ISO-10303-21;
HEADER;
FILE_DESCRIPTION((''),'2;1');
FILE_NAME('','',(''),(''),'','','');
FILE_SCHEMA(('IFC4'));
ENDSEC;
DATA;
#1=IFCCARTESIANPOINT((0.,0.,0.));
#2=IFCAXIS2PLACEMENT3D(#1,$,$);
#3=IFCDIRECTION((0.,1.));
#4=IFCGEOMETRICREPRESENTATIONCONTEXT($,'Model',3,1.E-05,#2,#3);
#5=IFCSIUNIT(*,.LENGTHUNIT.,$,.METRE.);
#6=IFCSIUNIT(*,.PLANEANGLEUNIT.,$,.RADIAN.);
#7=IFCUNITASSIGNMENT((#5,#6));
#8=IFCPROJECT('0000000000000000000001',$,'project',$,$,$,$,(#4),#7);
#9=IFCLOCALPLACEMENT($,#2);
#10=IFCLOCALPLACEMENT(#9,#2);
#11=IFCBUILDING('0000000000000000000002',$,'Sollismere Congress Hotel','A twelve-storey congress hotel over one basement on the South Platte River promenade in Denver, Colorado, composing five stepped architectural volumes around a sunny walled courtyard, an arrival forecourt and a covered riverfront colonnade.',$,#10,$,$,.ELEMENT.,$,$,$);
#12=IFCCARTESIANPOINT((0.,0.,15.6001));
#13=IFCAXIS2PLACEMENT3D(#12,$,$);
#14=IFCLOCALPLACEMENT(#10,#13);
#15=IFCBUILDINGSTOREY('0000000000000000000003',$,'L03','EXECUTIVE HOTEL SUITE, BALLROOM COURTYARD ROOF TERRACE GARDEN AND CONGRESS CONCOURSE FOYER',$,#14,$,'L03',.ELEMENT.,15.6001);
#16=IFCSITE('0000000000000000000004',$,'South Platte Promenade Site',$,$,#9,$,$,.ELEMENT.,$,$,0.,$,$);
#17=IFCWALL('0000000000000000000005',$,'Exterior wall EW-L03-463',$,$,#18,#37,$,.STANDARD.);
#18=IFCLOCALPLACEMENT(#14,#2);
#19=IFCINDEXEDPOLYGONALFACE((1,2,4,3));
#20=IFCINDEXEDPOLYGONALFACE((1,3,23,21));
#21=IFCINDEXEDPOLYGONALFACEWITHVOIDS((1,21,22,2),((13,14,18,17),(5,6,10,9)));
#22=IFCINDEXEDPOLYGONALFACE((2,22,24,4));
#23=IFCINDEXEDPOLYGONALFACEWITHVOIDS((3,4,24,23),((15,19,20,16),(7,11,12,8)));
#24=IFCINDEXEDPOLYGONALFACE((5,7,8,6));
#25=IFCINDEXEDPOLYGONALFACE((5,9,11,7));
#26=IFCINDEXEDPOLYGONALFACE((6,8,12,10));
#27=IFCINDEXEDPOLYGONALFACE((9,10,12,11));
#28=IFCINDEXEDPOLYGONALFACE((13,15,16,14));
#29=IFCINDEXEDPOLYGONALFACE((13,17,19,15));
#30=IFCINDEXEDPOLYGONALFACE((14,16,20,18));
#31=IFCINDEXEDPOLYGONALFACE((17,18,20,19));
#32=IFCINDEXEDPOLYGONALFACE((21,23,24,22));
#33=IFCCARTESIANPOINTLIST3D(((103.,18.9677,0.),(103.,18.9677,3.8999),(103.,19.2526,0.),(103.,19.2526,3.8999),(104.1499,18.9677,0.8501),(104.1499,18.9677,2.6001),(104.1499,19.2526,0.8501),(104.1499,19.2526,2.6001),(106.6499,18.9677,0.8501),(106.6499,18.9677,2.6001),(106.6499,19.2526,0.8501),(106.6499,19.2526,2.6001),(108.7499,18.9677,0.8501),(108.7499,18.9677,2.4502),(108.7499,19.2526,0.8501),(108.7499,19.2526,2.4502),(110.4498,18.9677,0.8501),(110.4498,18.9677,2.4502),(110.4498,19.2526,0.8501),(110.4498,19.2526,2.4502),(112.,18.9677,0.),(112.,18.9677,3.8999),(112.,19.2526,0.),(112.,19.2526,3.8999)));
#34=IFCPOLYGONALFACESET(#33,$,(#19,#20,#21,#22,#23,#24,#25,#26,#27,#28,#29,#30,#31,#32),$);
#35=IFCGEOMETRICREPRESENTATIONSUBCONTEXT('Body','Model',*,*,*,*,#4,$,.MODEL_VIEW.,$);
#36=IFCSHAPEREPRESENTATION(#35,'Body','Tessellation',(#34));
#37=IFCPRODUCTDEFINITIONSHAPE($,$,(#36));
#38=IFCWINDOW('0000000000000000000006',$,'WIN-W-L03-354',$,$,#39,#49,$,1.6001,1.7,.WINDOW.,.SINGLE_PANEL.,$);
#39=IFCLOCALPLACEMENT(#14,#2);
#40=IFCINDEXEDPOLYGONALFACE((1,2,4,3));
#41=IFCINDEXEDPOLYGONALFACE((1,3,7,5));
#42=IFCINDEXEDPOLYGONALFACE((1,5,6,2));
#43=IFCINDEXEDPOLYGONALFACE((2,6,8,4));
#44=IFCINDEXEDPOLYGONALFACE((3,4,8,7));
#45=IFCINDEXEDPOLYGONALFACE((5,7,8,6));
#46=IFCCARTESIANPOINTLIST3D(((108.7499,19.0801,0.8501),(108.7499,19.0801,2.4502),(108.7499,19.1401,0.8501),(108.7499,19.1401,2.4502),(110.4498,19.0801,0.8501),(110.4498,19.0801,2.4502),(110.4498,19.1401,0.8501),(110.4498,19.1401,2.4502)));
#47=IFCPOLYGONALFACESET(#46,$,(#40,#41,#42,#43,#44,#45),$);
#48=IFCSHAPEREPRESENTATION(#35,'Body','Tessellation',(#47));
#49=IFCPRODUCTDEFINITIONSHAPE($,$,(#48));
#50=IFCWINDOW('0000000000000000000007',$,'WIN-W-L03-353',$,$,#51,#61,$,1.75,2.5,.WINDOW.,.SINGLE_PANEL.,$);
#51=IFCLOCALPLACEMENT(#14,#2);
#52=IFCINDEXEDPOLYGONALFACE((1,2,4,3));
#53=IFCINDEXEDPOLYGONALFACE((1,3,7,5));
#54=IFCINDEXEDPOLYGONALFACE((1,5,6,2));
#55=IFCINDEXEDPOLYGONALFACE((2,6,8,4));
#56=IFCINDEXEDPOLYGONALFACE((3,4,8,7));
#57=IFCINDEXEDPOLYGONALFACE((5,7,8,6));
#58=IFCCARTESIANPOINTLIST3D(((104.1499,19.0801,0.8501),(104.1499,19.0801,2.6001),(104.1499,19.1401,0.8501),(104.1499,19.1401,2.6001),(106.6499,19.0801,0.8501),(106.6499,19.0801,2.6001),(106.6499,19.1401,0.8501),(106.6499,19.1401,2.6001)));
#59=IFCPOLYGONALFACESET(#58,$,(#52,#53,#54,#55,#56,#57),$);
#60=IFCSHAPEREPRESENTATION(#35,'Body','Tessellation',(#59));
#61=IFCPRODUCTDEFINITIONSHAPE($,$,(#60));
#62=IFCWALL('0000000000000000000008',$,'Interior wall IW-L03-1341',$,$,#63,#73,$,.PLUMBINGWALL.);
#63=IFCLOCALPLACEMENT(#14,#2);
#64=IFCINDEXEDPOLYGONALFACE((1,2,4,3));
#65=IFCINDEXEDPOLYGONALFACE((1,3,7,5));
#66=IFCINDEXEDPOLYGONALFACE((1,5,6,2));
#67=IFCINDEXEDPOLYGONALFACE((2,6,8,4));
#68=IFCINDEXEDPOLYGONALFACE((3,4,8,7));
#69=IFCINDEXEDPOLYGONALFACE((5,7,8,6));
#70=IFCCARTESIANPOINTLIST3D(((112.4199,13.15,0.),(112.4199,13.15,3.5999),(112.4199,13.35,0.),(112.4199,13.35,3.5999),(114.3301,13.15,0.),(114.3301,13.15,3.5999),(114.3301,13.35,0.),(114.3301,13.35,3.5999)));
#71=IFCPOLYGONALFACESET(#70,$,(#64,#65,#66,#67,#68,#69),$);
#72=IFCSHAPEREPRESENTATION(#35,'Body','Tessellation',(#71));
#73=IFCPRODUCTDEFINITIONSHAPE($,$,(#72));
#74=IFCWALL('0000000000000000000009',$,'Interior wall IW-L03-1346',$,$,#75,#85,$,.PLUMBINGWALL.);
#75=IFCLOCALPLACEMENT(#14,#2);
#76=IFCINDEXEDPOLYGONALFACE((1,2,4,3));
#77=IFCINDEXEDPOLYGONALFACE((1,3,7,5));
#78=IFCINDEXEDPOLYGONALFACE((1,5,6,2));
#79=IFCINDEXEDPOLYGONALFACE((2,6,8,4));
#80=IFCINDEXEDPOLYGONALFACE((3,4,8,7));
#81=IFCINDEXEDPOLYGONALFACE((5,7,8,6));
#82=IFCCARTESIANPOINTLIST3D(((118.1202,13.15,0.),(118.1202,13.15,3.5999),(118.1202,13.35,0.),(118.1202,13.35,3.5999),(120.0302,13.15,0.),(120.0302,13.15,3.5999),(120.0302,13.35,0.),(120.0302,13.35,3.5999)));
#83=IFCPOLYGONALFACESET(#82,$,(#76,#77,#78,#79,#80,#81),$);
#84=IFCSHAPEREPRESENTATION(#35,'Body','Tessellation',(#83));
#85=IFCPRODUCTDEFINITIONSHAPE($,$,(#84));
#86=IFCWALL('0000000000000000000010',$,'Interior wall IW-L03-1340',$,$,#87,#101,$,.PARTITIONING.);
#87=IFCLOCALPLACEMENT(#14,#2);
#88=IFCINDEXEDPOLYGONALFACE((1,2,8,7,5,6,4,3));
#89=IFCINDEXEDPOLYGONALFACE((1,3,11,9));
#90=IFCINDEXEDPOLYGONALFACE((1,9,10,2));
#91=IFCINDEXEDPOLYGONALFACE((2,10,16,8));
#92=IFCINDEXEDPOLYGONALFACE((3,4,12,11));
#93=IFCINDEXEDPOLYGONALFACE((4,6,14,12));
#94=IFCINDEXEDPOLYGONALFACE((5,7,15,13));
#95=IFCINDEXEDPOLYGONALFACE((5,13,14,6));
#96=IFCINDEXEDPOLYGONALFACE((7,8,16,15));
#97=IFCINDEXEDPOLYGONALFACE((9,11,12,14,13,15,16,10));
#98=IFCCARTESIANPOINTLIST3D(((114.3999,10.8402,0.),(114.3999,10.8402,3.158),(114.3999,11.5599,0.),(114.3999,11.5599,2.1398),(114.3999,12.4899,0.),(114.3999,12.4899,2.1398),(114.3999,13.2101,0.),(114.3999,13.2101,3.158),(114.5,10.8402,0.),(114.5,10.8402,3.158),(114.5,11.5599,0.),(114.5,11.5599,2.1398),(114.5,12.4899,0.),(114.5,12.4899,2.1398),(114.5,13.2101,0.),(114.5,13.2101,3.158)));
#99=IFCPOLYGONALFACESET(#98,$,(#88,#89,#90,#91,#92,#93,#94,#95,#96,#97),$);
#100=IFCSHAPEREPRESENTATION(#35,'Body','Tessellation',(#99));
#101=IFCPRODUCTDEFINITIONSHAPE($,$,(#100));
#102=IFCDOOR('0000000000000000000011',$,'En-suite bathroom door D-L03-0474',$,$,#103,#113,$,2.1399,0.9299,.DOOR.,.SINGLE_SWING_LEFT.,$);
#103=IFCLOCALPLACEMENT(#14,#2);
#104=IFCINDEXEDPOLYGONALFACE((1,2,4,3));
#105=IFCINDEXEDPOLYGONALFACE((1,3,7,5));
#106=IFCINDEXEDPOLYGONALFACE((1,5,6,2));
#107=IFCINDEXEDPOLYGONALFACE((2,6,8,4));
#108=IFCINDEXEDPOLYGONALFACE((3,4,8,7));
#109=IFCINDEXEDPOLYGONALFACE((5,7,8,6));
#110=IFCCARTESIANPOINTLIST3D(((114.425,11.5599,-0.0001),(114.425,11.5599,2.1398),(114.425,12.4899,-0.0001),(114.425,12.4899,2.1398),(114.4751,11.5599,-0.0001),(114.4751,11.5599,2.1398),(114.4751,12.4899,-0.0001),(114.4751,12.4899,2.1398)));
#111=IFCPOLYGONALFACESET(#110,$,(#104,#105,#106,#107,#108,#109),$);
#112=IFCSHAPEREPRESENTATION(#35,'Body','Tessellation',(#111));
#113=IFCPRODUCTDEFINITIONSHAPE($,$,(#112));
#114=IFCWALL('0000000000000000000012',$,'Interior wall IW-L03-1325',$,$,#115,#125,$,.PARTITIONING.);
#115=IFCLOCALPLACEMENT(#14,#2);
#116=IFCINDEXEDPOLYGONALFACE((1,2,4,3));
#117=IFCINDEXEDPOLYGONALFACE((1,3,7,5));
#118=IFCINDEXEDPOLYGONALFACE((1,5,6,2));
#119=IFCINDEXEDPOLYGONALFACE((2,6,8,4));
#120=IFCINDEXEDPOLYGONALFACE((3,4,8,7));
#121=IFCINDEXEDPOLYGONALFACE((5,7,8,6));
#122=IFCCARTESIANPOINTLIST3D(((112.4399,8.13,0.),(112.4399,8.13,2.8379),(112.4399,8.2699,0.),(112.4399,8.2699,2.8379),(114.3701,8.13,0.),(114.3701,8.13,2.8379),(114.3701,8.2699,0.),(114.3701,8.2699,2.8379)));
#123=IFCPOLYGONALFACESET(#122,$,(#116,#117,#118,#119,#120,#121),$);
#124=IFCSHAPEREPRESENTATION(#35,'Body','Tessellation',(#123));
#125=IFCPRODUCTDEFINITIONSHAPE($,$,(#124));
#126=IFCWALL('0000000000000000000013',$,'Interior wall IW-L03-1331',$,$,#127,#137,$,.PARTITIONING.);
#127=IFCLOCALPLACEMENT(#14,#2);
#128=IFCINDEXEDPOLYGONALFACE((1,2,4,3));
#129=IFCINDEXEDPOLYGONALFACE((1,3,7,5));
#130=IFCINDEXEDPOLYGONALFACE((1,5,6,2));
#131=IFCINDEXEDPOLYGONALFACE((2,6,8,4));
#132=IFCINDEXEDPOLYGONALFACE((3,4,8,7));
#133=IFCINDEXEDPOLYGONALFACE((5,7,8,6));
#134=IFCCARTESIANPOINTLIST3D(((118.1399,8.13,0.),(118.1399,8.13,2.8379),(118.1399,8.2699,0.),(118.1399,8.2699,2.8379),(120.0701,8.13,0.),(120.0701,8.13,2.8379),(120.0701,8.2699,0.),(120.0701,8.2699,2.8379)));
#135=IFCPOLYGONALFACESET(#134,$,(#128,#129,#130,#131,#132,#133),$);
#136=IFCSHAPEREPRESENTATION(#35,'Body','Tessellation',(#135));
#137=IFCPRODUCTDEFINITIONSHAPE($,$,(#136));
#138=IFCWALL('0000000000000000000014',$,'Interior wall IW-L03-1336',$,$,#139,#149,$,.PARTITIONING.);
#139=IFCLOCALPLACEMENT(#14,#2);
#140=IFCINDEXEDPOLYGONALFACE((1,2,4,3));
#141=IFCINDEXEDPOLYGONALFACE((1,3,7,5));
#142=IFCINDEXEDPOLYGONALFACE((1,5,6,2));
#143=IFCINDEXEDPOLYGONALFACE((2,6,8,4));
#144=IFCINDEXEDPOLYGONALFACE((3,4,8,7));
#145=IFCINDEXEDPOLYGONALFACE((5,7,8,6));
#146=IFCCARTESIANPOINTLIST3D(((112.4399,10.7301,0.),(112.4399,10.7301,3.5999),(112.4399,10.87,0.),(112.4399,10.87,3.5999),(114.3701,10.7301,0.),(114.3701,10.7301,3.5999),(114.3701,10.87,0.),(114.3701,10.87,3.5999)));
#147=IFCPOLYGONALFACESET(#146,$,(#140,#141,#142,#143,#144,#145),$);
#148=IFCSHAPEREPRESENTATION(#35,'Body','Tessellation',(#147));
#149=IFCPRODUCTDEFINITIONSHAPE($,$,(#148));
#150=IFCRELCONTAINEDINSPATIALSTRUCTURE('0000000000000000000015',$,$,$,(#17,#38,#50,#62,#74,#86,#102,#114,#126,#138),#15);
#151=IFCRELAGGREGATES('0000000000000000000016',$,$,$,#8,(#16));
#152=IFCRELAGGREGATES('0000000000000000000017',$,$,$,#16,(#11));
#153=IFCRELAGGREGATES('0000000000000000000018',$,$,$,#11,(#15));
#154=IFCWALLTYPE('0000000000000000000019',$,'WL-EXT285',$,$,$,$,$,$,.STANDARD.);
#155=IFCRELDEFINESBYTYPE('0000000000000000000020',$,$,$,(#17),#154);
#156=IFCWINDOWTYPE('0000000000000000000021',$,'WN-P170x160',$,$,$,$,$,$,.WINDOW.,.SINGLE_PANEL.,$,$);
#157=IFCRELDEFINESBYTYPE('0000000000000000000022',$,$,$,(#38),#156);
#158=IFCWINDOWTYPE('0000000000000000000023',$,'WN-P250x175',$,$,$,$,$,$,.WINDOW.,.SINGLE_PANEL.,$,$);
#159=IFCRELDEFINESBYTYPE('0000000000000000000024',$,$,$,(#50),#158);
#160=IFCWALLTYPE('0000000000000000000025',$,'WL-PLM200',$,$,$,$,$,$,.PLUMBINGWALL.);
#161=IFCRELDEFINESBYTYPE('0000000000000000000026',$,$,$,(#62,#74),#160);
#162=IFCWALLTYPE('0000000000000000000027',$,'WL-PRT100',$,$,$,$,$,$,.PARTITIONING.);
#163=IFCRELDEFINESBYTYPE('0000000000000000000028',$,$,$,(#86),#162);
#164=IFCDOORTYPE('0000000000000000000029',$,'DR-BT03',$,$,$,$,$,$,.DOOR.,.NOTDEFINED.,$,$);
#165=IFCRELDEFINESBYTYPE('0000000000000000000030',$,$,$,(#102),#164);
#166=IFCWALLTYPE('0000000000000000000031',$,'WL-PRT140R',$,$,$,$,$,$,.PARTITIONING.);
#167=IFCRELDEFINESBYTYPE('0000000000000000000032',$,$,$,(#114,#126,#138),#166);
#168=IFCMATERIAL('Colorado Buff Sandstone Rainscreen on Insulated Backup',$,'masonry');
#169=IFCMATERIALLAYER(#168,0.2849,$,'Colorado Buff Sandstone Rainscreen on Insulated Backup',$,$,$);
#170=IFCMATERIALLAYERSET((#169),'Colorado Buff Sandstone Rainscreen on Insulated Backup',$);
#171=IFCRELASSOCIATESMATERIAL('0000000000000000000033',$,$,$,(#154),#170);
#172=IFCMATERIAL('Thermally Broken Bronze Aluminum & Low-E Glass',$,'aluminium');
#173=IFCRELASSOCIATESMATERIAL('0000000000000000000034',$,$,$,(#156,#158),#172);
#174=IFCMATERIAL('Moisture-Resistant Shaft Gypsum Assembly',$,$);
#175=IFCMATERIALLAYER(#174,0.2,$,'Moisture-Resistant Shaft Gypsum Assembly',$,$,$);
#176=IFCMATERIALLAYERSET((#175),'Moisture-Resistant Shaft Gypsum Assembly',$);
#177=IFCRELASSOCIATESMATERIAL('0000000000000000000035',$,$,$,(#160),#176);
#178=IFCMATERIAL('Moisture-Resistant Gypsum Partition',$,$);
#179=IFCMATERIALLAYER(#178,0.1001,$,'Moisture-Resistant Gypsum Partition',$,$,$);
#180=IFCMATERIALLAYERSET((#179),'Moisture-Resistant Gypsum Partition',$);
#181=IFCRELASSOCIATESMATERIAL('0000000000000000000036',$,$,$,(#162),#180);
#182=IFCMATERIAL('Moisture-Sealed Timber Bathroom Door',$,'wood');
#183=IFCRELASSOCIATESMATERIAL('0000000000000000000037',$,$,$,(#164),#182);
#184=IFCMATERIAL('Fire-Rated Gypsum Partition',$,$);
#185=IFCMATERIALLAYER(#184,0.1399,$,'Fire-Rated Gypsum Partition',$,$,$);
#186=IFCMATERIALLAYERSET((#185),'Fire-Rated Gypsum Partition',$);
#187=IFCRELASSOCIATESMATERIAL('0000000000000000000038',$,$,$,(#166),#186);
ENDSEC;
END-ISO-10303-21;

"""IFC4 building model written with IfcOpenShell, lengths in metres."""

from ifc_helpers import new_model, si_unit, direction, frame, frame_2d, origin, place, context, subcontext, project, spatial, rectangle, extrude, material, layer, layer_set, type_object, element, fill, save


model = new_model("IFC4")

# Units and contexts
model_context = context("Model", 3, precision=1e-05, world=origin(), true_north=direction((0.0, 1.0)))
body_context = subcontext(model_context, "Body", "Model", "MODEL_VIEW")
ifc_project = project(units=[si_unit("LENGTHUNIT", "METRE"), si_unit("PLANEANGLEUNIT", "RADIAN")], contexts=[model_context])

# Site, building, storey
site_placement = place(None, origin())
site = spatial("IfcSite", under=ifc_project, at=site_placement, Name="South Platte Promenade Site", CompositionType="ELEMENT", RefElevation=0.0)
building_placement = place(site_placement, origin())
building = spatial("IfcBuilding", under=site, at=building_placement, Name="Sollismere Congress Hotel", Description="A twelve-storey congress hotel over one basement on the South Platte River promenade in Denver, Colorado, composing five stepped architectural volumes around a sunny walled courtyard, an arrival forecourt and a covered riverfront colonnade.", CompositionType="ELEMENT")
storey_placement = place(building_placement, frame((0.0, 0.0, 15.6001)))
storey = spatial("IfcBuildingStorey", under=building, at=storey_placement, Name="L03", Description="EXECUTIVE HOTEL SUITE, BALLROOM COURTYARD ROOF TERRACE GARDEN AND CONGRESS CONCOURSE FOYER", LongName="L03", CompositionType="ELEMENT", Elevation=15.6001)

# Wall, openings, windows
ifc_material_1 = material(Name="Colorado Buff Sandstone Rainscreen on Insulated Backup", Category="masonry")
ifc_layer_1 = layer(ifc_material_1, 0.2849, Name="Colorado Buff Sandstone Rainscreen on Insulated Backup")
ifc_layer_set_1 = layer_set([ifc_layer_1], Name="Colorado Buff Sandstone Rainscreen on Insulated Backup")
wall_type_1 = type_object("IfcWallType", Name="WL-EXT285", PredefinedType="STANDARD", material=ifc_layer_set_1)
wall_1_placement = place(storey_placement, frame((112.0, 19.1101, 0.0), z_axis=(0.0, 0.0, 1.0), x_axis=(-1.0, 0.0, 0.0)))
wall_1 = element("IfcWall", 1, at=wall_1_placement, inside=storey, type_object=wall_type_1, Name="Exterior wall EW-L03-463", PredefinedType="STANDARD", context=body_context, shape_type="SweptSolid", body=[
    extrude(rectangle(XDim=9.0, YDim=0.2849, at=frame_2d((4.5, 0.0))), origin(), (0.0, 0.0, 1.0), 3.8999),
])
opening_1_placement = place(wall_1_placement, frame((5.3501, 0.0, 0.8501)))
opening_1 = element("IfcOpeningElement", 2, at=opening_1_placement, cuts=wall_1, PredefinedType="OPENING", context=body_context, shape_type="SweptSolid", body=[
    extrude(rectangle(XDim=2.5, YDim=1.75, at=frame_2d((1.25, 0.875))), frame((0.0, 0.1523, 0.0), z_axis=(0.0, -1.0, 0.0), x_axis=(1.0, 0.0, 0.0)), (0.0, 0.0, 1.0), 0.3049),
])
opening_2_placement = place(wall_1_placement, frame((1.55, 0.0, 0.8501)))
opening_2 = element("IfcOpeningElement", 3, at=opening_2_placement, cuts=wall_1, PredefinedType="OPENING", context=body_context, shape_type="SweptSolid", body=[
    extrude(rectangle(XDim=1.7, YDim=1.6001, at=frame_2d((0.8501, 0.8))), frame((0.0, 0.1523, 0.0), z_axis=(0.0, -1.0, 0.0), x_axis=(1.0, 0.0, 0.0)), (0.0, 0.0, 1.0), 0.3049),
])
ifc_material_2 = material(Name="Thermally Broken Bronze Aluminum & Low-E Glass", Category="aluminium")
window_type_1 = type_object("IfcWindowType", Name="WN-P170x160", PartitioningType="SINGLE_PANEL", PredefinedType="WINDOW", material=ifc_material_2)
window_1_placement = place(opening_2_placement, origin())
window_1 = element("IfcWindow", 4, at=window_1_placement, inside=storey, type_object=window_type_1, Name="WIN-W-L03-354", OverallHeight=1.6001, OverallWidth=1.7, PartitioningType="SINGLE_PANEL", PredefinedType="WINDOW", context=body_context, shape_type="SweptSolid", body=[
    extrude(rectangle(XDim=1.7, YDim=1.6001, at=frame_2d((0.8501, 0.8))), frame((0.0, 0.03, 0.0), z_axis=(0.0, -1.0, 0.0), x_axis=(1.0, 0.0, 0.0)), (0.0, 0.0, 1.0), 0.0601),
])
fill(opening_2, window_1)
window_type_2 = type_object("IfcWindowType", Name="WN-P250x175", PartitioningType="SINGLE_PANEL", PredefinedType="WINDOW", material=ifc_material_2)
window_2_placement = place(opening_1_placement, origin())
window_2 = element("IfcWindow", 5, at=window_2_placement, inside=storey, type_object=window_type_2, Name="WIN-W-L03-353", OverallHeight=1.75, OverallWidth=2.5, PartitioningType="SINGLE_PANEL", PredefinedType="WINDOW", context=body_context, shape_type="SweptSolid", body=[
    extrude(rectangle(XDim=2.5, YDim=1.75, at=frame_2d((1.25, 0.875))), frame((0.0, 0.03, 0.0), z_axis=(0.0, -1.0, 0.0), x_axis=(1.0, 0.0, 0.0)), (0.0, 0.0, 1.0), 0.0601),
])
fill(opening_1, window_2)

# Walls
ifc_material_3 = material(Name="Moisture-Resistant Shaft Gypsum Assembly")
ifc_layer_2 = layer(ifc_material_3, 0.2, Name="Moisture-Resistant Shaft Gypsum Assembly")
ifc_layer_set_2 = layer_set([ifc_layer_2], Name="Moisture-Resistant Shaft Gypsum Assembly")
wall_type_2 = type_object("IfcWallType", Name="WL-PLM200", PredefinedType="PLUMBINGWALL", material=ifc_layer_set_2)
wall_2_placement = place(storey_placement, frame((112.4199, 13.25, 0.0), z_axis=(0.0, 0.0, 1.0), x_axis=(1.0, 0.0, 0.0)))
element("IfcWall", 6, at=wall_2_placement, inside=storey, type_object=wall_type_2, Name="Interior wall IW-L03-1341", PredefinedType="PLUMBINGWALL", context=body_context, shape_type="SweptSolid", body=[
    extrude(rectangle(XDim=1.9102, YDim=0.2, at=frame_2d((0.9551, 0.0))), origin(), (0.0, 0.0, 1.0), 3.5999),
])
wall_3_placement = place(storey_placement, frame((118.1201, 13.25, 0.0), z_axis=(0.0, 0.0, 1.0), x_axis=(1.0, 0.0, 0.0)))
element("IfcWall", 7, at=wall_3_placement, inside=storey, type_object=wall_type_2, Name="Interior wall IW-L03-1346", PredefinedType="PLUMBINGWALL", context=body_context, shape_type="SweptSolid", body=[
    extrude(rectangle(XDim=1.9099, YDim=0.2, at=frame_2d((0.9551, 0.0))), origin(), (0.0, 0.0, 1.0), 3.5999),
])

# Wall, opening, door
ifc_material_4 = material(Name="Moisture-Resistant Gypsum Partition")
ifc_layer_3 = layer(ifc_material_4, 0.1001, Name="Moisture-Resistant Gypsum Partition")
ifc_layer_set_3 = layer_set([ifc_layer_3], Name="Moisture-Resistant Gypsum Partition")
wall_type_3 = type_object("IfcWallType", Name="WL-PRT100", PredefinedType="PARTITIONING", material=ifc_layer_set_3)
wall_4_placement = place(storey_placement, frame((114.45, 10.8401, 0.0), z_axis=(0.0, 0.0, 1.0), x_axis=(0.0, 1.0, 0.0)))
wall_4 = element("IfcWall", 8, at=wall_4_placement, inside=storey, type_object=wall_type_3, Name="Interior wall IW-L03-1340", PredefinedType="PARTITIONING", context=body_context, shape_type="SweptSolid", body=[
    extrude(rectangle(XDim=2.3699, YDim=0.1001, at=frame_2d((1.1851, 0.0))), origin(), (0.0, 0.0, 1.0), 3.158),
])
opening_3_placement = place(wall_4_placement, frame((0.72, 0.0, 0.0)))
opening_3 = element("IfcOpeningElement", 9, at=opening_3_placement, cuts=wall_4, PredefinedType="OPENING", context=body_context, shape_type="SweptSolid", body=[
    extrude(rectangle(XDim=0.9299, YDim=2.1399, at=frame_2d((0.4648, 1.0698))), frame((0.0, 0.0601, 0.0), z_axis=(0.0, -1.0, 0.0), x_axis=(1.0, 0.0, 0.0)), (0.0, 0.0, 1.0), 0.1201),
])
ifc_material_5 = material(Name="Moisture-Sealed Timber Bathroom Door", Category="wood")
door_type_1 = type_object("IfcDoorType", Name="DR-BT03", OperationType="NOTDEFINED", PredefinedType="DOOR", material=ifc_material_5)
door_1_placement = place(opening_3_placement, origin())
door_1 = element("IfcDoor", 10, at=door_1_placement, inside=storey, type_object=door_type_1, Name="En-suite bathroom door D-L03-0474", OperationType="SINGLE_SWING_LEFT", OverallHeight=2.1399, OverallWidth=0.9299, PredefinedType="DOOR", context=body_context, shape_type="SweptSolid", body=[
    extrude(rectangle(XDim=0.9299, YDim=2.1399, at=frame_2d((0.4648, 1.0698))), frame((0.0, 0.0249, 0.0), z_axis=(0.0, -1.0, 0.0), x_axis=(1.0, 0.0, 0.0)), (0.0, 0.0, 1.0), 0.05),
])
fill(opening_3, door_1)

# Wall
ifc_material_6 = material(Name="Fire-Rated Gypsum Partition")
ifc_layer_4 = layer(ifc_material_6, 0.1399, Name="Fire-Rated Gypsum Partition")
ifc_layer_set_4 = layer_set([ifc_layer_4], Name="Fire-Rated Gypsum Partition")
wall_type_4 = type_object("IfcWallType", Name="WL-PRT140R", PredefinedType="PARTITIONING", material=ifc_layer_set_4)
wall_5_placement = place(storey_placement, frame((112.4399, 8.2, 0.0), z_axis=(0.0, 0.0, 1.0), x_axis=(1.0, 0.0, 0.0)))
element("IfcWall", 11, at=wall_5_placement, inside=storey, type_object=wall_type_4, Name="Interior wall IW-L03-1325", PredefinedType="PARTITIONING", context=body_context, shape_type="SweptSolid", body=[
    extrude(rectangle(XDim=1.9302, YDim=0.1399, at=frame_2d((0.9651, 0.0))), origin(), (0.0, 0.0, 1.0), 2.8379),
])

# Walls
wall_6_placement = place(storey_placement, frame((118.1399, 8.2, 0.0), z_axis=(0.0, 0.0, 1.0), x_axis=(1.0, 0.0, 0.0)))
element("IfcWall", 12, at=wall_6_placement, inside=storey, type_object=wall_type_4, Name="Interior wall IW-L03-1331", PredefinedType="PARTITIONING", context=body_context, shape_type="SweptSolid", body=[
    extrude(rectangle(XDim=1.9302, YDim=0.1399, at=frame_2d((0.9651, 0.0))), origin(), (0.0, 0.0, 1.0), 2.8379),
])
wall_7_placement = place(storey_placement, frame((112.4399, 10.8, 0.0), z_axis=(0.0, 0.0, 1.0), x_axis=(1.0, 0.0, 0.0)))
element("IfcWall", 13, at=wall_7_placement, inside=storey, type_object=wall_type_4, Name="Interior wall IW-L03-1336", PredefinedType="PARTITIONING", context=body_context, shape_type="SweptSolid", body=[
    extrude(rectangle(XDim=1.9302, YDim=0.1399, at=frame_2d((0.9651, 0.0))), origin(), (0.0, 0.0, 1.0), 3.5999),
])

save(model, "model.ifc")
